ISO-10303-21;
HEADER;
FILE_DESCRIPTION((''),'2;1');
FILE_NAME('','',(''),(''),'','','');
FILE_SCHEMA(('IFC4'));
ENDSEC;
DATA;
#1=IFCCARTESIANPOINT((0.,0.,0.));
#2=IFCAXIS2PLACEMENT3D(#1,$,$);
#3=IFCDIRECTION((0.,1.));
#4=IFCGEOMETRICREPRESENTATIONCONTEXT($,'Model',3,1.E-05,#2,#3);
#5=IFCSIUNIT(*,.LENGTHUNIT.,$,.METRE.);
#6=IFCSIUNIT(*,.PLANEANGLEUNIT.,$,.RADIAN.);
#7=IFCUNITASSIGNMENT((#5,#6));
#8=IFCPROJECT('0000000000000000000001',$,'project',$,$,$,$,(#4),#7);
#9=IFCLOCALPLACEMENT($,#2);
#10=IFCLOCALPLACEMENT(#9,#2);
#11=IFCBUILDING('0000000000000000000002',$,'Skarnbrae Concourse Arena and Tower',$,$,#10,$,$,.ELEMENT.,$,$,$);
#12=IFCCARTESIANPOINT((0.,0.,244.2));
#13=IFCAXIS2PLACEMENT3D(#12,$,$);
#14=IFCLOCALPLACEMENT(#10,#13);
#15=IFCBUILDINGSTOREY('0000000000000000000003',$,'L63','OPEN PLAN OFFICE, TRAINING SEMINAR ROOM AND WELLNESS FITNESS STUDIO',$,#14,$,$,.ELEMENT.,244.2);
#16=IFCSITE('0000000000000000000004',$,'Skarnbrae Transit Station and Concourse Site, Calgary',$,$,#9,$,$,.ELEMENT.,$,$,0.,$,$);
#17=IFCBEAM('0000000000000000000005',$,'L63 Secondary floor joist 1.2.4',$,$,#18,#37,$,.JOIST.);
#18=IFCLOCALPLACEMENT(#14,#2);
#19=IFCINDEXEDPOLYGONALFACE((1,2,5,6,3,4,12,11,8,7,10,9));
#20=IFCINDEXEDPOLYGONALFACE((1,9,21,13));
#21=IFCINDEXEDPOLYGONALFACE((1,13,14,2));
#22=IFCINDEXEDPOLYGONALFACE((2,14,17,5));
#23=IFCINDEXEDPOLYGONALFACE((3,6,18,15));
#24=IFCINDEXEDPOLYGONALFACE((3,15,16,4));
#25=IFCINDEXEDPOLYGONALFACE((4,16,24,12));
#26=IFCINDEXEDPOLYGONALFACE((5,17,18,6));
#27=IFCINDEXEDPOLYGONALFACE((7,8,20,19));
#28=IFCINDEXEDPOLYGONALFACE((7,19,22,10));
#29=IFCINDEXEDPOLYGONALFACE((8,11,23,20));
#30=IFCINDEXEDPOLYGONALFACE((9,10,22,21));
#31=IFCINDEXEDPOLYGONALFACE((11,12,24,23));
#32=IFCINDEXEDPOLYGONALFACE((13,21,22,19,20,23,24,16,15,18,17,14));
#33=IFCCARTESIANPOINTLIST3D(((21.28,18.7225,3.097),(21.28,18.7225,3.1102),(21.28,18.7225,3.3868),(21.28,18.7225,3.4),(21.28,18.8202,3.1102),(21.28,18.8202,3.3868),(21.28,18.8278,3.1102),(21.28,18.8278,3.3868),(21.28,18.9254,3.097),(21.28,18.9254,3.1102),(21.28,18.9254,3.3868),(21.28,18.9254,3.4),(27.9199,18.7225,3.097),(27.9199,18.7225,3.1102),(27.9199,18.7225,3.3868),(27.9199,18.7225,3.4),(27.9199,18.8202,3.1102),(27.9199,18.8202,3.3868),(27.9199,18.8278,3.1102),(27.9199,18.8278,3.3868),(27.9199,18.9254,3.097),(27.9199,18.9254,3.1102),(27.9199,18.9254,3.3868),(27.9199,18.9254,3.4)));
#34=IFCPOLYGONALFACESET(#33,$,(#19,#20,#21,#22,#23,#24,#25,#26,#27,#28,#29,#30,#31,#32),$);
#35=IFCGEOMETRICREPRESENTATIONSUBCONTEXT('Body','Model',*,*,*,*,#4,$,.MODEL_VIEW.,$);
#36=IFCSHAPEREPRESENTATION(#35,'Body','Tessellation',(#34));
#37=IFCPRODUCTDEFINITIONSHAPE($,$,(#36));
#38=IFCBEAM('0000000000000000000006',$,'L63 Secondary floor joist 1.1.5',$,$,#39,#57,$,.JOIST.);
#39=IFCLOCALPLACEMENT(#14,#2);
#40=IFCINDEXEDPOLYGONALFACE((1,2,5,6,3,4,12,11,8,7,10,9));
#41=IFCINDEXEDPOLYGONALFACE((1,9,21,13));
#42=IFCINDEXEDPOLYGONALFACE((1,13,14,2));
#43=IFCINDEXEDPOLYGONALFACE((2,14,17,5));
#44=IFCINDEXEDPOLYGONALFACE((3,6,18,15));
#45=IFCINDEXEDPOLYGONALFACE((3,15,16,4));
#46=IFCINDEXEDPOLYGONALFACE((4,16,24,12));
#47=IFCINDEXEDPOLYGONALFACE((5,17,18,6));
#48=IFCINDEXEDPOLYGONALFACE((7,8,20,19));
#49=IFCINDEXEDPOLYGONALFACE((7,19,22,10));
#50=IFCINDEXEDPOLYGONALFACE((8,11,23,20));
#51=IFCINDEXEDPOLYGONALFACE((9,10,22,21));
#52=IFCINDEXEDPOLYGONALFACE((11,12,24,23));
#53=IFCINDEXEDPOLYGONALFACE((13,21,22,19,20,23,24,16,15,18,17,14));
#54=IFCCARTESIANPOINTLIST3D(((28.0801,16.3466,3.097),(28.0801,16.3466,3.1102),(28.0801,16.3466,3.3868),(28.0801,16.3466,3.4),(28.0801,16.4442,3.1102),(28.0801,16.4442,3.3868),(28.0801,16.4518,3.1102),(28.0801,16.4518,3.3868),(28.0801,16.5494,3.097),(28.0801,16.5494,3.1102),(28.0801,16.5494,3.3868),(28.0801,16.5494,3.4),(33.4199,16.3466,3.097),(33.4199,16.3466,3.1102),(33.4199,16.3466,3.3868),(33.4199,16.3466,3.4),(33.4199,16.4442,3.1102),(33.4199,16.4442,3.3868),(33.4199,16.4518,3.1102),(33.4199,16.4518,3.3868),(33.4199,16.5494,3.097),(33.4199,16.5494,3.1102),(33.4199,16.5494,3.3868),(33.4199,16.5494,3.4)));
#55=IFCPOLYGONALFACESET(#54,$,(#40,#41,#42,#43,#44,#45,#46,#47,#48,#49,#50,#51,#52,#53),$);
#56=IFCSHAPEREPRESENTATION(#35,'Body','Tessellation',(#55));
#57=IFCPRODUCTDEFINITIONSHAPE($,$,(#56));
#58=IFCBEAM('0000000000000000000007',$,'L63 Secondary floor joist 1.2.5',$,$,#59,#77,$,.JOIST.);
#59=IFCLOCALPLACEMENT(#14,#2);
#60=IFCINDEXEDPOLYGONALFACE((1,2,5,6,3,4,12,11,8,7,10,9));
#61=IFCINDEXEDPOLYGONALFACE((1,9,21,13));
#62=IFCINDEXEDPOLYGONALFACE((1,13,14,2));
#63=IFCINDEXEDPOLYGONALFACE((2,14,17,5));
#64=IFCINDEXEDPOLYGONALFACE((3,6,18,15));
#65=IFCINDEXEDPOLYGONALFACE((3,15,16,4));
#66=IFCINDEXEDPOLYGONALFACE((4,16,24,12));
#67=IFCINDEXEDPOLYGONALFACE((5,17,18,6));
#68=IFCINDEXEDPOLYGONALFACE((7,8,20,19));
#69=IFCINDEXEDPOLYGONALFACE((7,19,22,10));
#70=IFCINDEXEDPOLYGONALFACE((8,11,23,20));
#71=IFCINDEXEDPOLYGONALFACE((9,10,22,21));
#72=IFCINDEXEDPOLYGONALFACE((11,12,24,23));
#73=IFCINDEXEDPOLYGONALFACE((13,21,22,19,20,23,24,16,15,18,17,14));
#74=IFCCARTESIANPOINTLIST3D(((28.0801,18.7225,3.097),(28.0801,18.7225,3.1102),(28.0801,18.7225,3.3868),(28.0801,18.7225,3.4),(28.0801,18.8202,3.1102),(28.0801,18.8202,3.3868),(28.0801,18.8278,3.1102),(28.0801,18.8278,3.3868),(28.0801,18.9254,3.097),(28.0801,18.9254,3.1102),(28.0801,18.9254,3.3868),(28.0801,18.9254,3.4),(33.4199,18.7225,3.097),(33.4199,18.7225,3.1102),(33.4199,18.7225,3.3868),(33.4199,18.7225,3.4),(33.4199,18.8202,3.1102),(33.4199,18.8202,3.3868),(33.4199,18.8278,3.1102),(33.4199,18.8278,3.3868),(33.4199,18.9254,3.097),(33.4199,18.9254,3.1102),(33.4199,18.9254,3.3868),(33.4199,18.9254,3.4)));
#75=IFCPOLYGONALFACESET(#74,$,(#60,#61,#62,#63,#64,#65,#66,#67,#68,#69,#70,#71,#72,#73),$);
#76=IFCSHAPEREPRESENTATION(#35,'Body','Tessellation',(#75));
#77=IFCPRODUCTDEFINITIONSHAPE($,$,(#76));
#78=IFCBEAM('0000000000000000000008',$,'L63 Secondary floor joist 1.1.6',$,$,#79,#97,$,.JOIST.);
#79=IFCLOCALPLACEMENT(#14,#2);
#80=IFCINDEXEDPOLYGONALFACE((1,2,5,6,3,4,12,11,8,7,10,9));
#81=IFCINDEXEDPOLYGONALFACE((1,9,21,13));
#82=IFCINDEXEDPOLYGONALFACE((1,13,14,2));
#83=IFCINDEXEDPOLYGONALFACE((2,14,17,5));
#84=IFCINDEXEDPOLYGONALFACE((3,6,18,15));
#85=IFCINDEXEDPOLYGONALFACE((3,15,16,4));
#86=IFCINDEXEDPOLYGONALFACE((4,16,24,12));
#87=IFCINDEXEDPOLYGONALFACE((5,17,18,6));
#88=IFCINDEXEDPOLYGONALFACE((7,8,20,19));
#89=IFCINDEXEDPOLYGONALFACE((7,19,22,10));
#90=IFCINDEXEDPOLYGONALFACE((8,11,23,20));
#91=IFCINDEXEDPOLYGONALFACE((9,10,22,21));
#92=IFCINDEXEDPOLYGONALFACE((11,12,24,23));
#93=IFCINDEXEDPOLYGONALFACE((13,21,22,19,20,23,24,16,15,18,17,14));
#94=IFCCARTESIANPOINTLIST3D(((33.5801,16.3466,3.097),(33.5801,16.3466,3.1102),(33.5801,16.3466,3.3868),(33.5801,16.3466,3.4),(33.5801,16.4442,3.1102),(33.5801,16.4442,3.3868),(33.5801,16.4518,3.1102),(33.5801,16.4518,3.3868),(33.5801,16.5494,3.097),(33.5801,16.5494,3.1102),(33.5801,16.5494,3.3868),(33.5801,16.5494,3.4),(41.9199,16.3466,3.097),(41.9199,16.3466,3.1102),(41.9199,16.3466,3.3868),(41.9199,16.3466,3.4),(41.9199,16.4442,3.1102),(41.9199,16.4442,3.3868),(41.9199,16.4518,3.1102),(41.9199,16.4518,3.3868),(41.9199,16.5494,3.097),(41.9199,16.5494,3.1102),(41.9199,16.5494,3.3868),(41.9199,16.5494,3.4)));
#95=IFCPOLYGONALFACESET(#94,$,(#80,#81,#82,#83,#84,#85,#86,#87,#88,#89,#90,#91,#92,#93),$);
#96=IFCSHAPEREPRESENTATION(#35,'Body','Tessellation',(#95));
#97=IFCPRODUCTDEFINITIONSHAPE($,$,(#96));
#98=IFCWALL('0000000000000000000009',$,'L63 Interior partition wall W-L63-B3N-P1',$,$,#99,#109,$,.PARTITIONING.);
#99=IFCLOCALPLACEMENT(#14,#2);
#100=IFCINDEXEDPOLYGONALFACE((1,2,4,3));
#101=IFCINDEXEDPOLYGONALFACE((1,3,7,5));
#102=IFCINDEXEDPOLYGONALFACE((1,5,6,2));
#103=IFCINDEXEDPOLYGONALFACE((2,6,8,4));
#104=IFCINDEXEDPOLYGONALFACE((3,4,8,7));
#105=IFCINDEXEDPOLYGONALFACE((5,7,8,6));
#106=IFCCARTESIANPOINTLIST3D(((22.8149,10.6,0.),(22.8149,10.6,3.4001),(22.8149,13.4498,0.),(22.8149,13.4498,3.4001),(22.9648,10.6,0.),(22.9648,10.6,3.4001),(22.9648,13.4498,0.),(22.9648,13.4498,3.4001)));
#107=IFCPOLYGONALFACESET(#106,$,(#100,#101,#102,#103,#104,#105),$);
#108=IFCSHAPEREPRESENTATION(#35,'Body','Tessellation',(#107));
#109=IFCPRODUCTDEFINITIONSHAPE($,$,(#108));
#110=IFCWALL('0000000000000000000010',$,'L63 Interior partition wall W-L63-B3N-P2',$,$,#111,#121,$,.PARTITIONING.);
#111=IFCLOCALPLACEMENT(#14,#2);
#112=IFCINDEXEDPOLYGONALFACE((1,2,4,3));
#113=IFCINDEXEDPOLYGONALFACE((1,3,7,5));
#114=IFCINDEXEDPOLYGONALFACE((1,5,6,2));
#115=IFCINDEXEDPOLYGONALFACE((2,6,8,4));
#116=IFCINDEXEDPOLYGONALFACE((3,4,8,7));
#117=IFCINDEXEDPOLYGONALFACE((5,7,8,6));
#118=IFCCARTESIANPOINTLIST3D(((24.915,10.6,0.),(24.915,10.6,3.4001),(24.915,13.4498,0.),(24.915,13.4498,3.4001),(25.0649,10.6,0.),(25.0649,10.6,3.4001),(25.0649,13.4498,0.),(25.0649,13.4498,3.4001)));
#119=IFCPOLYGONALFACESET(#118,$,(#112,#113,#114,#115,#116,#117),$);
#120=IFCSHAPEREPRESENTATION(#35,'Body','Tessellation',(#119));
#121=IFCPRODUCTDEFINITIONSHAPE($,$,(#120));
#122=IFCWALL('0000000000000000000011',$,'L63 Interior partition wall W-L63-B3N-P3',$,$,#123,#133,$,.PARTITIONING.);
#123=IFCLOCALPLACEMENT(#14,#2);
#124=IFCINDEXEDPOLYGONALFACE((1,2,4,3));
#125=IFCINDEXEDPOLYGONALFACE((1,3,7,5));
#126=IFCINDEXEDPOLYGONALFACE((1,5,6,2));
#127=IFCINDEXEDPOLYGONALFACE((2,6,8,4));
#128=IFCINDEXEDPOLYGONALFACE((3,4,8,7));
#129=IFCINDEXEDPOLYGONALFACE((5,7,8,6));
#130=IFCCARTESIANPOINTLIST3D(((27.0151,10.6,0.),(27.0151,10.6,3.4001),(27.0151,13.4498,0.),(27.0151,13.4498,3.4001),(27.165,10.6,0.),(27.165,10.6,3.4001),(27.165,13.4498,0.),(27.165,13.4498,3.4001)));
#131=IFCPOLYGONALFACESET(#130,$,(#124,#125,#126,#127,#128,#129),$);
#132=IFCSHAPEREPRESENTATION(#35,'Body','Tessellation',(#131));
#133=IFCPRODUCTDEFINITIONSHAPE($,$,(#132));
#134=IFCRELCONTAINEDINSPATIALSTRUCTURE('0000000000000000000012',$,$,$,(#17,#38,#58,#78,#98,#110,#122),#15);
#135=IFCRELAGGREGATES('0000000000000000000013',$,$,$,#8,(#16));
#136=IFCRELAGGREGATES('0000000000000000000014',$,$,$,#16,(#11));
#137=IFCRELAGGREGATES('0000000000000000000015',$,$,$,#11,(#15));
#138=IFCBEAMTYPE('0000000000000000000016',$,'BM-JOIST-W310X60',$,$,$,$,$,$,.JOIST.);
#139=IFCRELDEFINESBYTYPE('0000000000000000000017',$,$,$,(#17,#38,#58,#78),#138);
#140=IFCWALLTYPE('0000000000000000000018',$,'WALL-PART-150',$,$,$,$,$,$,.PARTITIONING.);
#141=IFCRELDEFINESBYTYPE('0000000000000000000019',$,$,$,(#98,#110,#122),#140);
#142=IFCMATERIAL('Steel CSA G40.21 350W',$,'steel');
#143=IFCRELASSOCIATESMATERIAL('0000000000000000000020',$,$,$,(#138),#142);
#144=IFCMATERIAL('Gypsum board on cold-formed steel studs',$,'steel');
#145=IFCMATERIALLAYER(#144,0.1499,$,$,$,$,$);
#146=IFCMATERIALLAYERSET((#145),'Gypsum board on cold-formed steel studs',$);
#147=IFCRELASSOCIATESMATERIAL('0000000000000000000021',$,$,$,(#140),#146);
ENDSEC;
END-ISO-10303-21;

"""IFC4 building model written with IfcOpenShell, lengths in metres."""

from ifc_helpers import new_model, si_unit, direction, frame, frame_2d, origin, origin_2d, place, context, subcontext, project, spatial, rectangle, i_section, extrude, source, transform, mapped, material, layer, layer_set, material_profile, profile_set, type_object, element, save


model = new_model("IFC4")

# Units and contexts
model_context = context("Model", 3, precision=1e-05, world=origin(), true_north=direction((0.0, 1.0)))
body_context = subcontext(model_context, "Body", "Model", "MODEL_VIEW")
ifc_project = project(units=[si_unit("LENGTHUNIT", "METRE"), si_unit("PLANEANGLEUNIT", "RADIAN")], contexts=[model_context])

# Site, building, storey
site_placement = place(None, origin())
site = spatial("IfcSite", under=ifc_project, at=site_placement, Name="Skarnbrae Transit Station and Concourse Site, Calgary", CompositionType="ELEMENT", RefElevation=0.0)
building_placement = place(site_placement, origin())
building = spatial("IfcBuilding", under=site, at=building_placement, Name="Skarnbrae Concourse Arena and Tower", CompositionType="ELEMENT")
storey_placement = place(building_placement, frame((0.0, 0.0, 244.2)))
storey = spatial("IfcBuildingStorey", under=building, at=storey_placement, Name="L63", Description="OPEN PLAN OFFICE, TRAINING SEMINAR ROOM AND WELLNESS FITNESS STUDIO", CompositionType="ELEMENT", Elevation=244.2)

# Shared definitions
ifc_material_1 = material(Name="Steel CSA G40.21 350W", Category="steel")

# Beams
ifc_material_profile_1 = material_profile(ifc_material_1, i_section(OverallWidth=0.2029, OverallDepth=0.303, WebThickness=0.0076, FlangeThickness=0.0132, at=origin_2d()), Name="W310X60")
ifc_profile_set_1 = profile_set([ifc_material_profile_1], Name="Steel CSA G40.21 350W")
beam_type_1 = type_object("IfcBeamType", Name="BM-JOIST-W310X60", PredefinedType="JOIST", material=ifc_profile_set_1)
shared_shape_1 = source(origin(), body_context, "Body", "SweptSolid", [
    extrude(i_section(OverallWidth=0.2029, OverallDepth=0.303, WebThickness=0.0076, FlangeThickness=0.0132, at=origin_2d()), origin(), (0.0, 0.0, 1.0), 6.6399),
])
for number, where, z_axis, x_axis, name in (
    (1, (21.28, 18.824, 3.2485), (1.0, 0.0, 0.0), (0.0, 1.0, 0.0), "L63 Secondary floor joist 1.2.4"),
):
    element("IfcBeam", number, at=place(storey_placement, frame(where, z_axis=z_axis, x_axis=x_axis)), inside=storey, type_object=beam_type_1, Name=name, PredefinedType="JOIST", context=body_context, shape_type="MappedRepresentation", body=[
        mapped(shared_shape_1, transform((0.0, 0.0, 0.0))),
    ])
shared_shape_2 = source(origin(), body_context, "Body", "SweptSolid", [
    extrude(i_section(OverallWidth=0.2029, OverallDepth=0.303, WebThickness=0.0076, FlangeThickness=0.0132, at=origin_2d()), origin(), (0.0, 0.0, 1.0), 5.3398),
])
for number, where, z_axis, x_axis, name in (
    (2, (28.0801, 16.448, 3.2485), (1.0, 0.0, 0.0), (0.0, 1.0, 0.0), "L63 Secondary floor joist 1.1.5"),
    (3, (28.0801, 18.824, 3.2485), (1.0, 0.0, 0.0), (0.0, 1.0, 0.0), "L63 Secondary floor joist 1.2.5"),
):
    element("IfcBeam", number, at=place(storey_placement, frame(where, z_axis=z_axis, x_axis=x_axis)), inside=storey, type_object=beam_type_1, Name=name, PredefinedType="JOIST", context=body_context, shape_type="MappedRepresentation", body=[
        mapped(shared_shape_2, transform((0.0, 0.0, 0.0))),
    ])
shared_shape_3 = source(origin(), body_context, "Body", "SweptSolid", [
    extrude(i_section(OverallWidth=0.2029, OverallDepth=0.303, WebThickness=0.0076, FlangeThickness=0.0132, at=origin_2d()), origin(), (0.0, 0.0, 1.0), 8.3398),
])
beam_1_placement = place(storey_placement, frame((33.5801, 16.448, 3.2485), z_axis=(1.0, 0.0, 0.0), x_axis=(0.0, 1.0, 0.0)))
element("IfcBeam", 4, at=beam_1_placement, inside=storey, type_object=beam_type_1, Name="L63 Secondary floor joist 1.1.6", PredefinedType="JOIST", context=body_context, shape_type="MappedRepresentation", body=[
    mapped(shared_shape_3, transform((0.0, 0.0, 0.0))),
])

# Walls
ifc_material_2 = material(Name="Gypsum board on cold-formed steel studs", Category="steel")
ifc_layer_1 = layer(ifc_material_2, 0.1499)
ifc_layer_set_1 = layer_set([ifc_layer_1], Name="Gypsum board on cold-formed steel studs")
wall_type_1 = type_object("IfcWallType", Name="WALL-PART-150", PredefinedType="PARTITIONING", material=ifc_layer_set_1)
shared_shape_4 = source(origin(), body_context, "Body", "SweptSolid", [
    extrude(rectangle(XDim=2.8499, YDim=0.1499, at=frame_2d((1.4248, 0.0))), origin(), (0.0, 0.0, 1.0), 3.4001),
])
for number, where, z_axis, x_axis, name in (
    (5, (22.8899, 10.6001, 0.0), (0.0, 0.0, 1.0), (0.0, 1.0, 0.0), "L63 Interior partition wall W-L63-B3N-P1"),
    (6, (24.99, 10.6001, 0.0), (0.0, 0.0, 1.0), (0.0, 1.0, 0.0), "L63 Interior partition wall W-L63-B3N-P2"),
    (7, (27.0901, 10.6001, 0.0), (0.0, 0.0, 1.0), (0.0, 1.0, 0.0), "L63 Interior partition wall W-L63-B3N-P3"),
):
    element("IfcWall", number, at=place(storey_placement, frame(where, z_axis=z_axis, x_axis=x_axis)), inside=storey, type_object=wall_type_1, Name=name, PredefinedType="PARTITIONING", context=body_context, shape_type="MappedRepresentation", body=[
        mapped(shared_shape_4, transform((0.0, 0.0, 0.0))),
    ])

save(model, "model.ifc")
